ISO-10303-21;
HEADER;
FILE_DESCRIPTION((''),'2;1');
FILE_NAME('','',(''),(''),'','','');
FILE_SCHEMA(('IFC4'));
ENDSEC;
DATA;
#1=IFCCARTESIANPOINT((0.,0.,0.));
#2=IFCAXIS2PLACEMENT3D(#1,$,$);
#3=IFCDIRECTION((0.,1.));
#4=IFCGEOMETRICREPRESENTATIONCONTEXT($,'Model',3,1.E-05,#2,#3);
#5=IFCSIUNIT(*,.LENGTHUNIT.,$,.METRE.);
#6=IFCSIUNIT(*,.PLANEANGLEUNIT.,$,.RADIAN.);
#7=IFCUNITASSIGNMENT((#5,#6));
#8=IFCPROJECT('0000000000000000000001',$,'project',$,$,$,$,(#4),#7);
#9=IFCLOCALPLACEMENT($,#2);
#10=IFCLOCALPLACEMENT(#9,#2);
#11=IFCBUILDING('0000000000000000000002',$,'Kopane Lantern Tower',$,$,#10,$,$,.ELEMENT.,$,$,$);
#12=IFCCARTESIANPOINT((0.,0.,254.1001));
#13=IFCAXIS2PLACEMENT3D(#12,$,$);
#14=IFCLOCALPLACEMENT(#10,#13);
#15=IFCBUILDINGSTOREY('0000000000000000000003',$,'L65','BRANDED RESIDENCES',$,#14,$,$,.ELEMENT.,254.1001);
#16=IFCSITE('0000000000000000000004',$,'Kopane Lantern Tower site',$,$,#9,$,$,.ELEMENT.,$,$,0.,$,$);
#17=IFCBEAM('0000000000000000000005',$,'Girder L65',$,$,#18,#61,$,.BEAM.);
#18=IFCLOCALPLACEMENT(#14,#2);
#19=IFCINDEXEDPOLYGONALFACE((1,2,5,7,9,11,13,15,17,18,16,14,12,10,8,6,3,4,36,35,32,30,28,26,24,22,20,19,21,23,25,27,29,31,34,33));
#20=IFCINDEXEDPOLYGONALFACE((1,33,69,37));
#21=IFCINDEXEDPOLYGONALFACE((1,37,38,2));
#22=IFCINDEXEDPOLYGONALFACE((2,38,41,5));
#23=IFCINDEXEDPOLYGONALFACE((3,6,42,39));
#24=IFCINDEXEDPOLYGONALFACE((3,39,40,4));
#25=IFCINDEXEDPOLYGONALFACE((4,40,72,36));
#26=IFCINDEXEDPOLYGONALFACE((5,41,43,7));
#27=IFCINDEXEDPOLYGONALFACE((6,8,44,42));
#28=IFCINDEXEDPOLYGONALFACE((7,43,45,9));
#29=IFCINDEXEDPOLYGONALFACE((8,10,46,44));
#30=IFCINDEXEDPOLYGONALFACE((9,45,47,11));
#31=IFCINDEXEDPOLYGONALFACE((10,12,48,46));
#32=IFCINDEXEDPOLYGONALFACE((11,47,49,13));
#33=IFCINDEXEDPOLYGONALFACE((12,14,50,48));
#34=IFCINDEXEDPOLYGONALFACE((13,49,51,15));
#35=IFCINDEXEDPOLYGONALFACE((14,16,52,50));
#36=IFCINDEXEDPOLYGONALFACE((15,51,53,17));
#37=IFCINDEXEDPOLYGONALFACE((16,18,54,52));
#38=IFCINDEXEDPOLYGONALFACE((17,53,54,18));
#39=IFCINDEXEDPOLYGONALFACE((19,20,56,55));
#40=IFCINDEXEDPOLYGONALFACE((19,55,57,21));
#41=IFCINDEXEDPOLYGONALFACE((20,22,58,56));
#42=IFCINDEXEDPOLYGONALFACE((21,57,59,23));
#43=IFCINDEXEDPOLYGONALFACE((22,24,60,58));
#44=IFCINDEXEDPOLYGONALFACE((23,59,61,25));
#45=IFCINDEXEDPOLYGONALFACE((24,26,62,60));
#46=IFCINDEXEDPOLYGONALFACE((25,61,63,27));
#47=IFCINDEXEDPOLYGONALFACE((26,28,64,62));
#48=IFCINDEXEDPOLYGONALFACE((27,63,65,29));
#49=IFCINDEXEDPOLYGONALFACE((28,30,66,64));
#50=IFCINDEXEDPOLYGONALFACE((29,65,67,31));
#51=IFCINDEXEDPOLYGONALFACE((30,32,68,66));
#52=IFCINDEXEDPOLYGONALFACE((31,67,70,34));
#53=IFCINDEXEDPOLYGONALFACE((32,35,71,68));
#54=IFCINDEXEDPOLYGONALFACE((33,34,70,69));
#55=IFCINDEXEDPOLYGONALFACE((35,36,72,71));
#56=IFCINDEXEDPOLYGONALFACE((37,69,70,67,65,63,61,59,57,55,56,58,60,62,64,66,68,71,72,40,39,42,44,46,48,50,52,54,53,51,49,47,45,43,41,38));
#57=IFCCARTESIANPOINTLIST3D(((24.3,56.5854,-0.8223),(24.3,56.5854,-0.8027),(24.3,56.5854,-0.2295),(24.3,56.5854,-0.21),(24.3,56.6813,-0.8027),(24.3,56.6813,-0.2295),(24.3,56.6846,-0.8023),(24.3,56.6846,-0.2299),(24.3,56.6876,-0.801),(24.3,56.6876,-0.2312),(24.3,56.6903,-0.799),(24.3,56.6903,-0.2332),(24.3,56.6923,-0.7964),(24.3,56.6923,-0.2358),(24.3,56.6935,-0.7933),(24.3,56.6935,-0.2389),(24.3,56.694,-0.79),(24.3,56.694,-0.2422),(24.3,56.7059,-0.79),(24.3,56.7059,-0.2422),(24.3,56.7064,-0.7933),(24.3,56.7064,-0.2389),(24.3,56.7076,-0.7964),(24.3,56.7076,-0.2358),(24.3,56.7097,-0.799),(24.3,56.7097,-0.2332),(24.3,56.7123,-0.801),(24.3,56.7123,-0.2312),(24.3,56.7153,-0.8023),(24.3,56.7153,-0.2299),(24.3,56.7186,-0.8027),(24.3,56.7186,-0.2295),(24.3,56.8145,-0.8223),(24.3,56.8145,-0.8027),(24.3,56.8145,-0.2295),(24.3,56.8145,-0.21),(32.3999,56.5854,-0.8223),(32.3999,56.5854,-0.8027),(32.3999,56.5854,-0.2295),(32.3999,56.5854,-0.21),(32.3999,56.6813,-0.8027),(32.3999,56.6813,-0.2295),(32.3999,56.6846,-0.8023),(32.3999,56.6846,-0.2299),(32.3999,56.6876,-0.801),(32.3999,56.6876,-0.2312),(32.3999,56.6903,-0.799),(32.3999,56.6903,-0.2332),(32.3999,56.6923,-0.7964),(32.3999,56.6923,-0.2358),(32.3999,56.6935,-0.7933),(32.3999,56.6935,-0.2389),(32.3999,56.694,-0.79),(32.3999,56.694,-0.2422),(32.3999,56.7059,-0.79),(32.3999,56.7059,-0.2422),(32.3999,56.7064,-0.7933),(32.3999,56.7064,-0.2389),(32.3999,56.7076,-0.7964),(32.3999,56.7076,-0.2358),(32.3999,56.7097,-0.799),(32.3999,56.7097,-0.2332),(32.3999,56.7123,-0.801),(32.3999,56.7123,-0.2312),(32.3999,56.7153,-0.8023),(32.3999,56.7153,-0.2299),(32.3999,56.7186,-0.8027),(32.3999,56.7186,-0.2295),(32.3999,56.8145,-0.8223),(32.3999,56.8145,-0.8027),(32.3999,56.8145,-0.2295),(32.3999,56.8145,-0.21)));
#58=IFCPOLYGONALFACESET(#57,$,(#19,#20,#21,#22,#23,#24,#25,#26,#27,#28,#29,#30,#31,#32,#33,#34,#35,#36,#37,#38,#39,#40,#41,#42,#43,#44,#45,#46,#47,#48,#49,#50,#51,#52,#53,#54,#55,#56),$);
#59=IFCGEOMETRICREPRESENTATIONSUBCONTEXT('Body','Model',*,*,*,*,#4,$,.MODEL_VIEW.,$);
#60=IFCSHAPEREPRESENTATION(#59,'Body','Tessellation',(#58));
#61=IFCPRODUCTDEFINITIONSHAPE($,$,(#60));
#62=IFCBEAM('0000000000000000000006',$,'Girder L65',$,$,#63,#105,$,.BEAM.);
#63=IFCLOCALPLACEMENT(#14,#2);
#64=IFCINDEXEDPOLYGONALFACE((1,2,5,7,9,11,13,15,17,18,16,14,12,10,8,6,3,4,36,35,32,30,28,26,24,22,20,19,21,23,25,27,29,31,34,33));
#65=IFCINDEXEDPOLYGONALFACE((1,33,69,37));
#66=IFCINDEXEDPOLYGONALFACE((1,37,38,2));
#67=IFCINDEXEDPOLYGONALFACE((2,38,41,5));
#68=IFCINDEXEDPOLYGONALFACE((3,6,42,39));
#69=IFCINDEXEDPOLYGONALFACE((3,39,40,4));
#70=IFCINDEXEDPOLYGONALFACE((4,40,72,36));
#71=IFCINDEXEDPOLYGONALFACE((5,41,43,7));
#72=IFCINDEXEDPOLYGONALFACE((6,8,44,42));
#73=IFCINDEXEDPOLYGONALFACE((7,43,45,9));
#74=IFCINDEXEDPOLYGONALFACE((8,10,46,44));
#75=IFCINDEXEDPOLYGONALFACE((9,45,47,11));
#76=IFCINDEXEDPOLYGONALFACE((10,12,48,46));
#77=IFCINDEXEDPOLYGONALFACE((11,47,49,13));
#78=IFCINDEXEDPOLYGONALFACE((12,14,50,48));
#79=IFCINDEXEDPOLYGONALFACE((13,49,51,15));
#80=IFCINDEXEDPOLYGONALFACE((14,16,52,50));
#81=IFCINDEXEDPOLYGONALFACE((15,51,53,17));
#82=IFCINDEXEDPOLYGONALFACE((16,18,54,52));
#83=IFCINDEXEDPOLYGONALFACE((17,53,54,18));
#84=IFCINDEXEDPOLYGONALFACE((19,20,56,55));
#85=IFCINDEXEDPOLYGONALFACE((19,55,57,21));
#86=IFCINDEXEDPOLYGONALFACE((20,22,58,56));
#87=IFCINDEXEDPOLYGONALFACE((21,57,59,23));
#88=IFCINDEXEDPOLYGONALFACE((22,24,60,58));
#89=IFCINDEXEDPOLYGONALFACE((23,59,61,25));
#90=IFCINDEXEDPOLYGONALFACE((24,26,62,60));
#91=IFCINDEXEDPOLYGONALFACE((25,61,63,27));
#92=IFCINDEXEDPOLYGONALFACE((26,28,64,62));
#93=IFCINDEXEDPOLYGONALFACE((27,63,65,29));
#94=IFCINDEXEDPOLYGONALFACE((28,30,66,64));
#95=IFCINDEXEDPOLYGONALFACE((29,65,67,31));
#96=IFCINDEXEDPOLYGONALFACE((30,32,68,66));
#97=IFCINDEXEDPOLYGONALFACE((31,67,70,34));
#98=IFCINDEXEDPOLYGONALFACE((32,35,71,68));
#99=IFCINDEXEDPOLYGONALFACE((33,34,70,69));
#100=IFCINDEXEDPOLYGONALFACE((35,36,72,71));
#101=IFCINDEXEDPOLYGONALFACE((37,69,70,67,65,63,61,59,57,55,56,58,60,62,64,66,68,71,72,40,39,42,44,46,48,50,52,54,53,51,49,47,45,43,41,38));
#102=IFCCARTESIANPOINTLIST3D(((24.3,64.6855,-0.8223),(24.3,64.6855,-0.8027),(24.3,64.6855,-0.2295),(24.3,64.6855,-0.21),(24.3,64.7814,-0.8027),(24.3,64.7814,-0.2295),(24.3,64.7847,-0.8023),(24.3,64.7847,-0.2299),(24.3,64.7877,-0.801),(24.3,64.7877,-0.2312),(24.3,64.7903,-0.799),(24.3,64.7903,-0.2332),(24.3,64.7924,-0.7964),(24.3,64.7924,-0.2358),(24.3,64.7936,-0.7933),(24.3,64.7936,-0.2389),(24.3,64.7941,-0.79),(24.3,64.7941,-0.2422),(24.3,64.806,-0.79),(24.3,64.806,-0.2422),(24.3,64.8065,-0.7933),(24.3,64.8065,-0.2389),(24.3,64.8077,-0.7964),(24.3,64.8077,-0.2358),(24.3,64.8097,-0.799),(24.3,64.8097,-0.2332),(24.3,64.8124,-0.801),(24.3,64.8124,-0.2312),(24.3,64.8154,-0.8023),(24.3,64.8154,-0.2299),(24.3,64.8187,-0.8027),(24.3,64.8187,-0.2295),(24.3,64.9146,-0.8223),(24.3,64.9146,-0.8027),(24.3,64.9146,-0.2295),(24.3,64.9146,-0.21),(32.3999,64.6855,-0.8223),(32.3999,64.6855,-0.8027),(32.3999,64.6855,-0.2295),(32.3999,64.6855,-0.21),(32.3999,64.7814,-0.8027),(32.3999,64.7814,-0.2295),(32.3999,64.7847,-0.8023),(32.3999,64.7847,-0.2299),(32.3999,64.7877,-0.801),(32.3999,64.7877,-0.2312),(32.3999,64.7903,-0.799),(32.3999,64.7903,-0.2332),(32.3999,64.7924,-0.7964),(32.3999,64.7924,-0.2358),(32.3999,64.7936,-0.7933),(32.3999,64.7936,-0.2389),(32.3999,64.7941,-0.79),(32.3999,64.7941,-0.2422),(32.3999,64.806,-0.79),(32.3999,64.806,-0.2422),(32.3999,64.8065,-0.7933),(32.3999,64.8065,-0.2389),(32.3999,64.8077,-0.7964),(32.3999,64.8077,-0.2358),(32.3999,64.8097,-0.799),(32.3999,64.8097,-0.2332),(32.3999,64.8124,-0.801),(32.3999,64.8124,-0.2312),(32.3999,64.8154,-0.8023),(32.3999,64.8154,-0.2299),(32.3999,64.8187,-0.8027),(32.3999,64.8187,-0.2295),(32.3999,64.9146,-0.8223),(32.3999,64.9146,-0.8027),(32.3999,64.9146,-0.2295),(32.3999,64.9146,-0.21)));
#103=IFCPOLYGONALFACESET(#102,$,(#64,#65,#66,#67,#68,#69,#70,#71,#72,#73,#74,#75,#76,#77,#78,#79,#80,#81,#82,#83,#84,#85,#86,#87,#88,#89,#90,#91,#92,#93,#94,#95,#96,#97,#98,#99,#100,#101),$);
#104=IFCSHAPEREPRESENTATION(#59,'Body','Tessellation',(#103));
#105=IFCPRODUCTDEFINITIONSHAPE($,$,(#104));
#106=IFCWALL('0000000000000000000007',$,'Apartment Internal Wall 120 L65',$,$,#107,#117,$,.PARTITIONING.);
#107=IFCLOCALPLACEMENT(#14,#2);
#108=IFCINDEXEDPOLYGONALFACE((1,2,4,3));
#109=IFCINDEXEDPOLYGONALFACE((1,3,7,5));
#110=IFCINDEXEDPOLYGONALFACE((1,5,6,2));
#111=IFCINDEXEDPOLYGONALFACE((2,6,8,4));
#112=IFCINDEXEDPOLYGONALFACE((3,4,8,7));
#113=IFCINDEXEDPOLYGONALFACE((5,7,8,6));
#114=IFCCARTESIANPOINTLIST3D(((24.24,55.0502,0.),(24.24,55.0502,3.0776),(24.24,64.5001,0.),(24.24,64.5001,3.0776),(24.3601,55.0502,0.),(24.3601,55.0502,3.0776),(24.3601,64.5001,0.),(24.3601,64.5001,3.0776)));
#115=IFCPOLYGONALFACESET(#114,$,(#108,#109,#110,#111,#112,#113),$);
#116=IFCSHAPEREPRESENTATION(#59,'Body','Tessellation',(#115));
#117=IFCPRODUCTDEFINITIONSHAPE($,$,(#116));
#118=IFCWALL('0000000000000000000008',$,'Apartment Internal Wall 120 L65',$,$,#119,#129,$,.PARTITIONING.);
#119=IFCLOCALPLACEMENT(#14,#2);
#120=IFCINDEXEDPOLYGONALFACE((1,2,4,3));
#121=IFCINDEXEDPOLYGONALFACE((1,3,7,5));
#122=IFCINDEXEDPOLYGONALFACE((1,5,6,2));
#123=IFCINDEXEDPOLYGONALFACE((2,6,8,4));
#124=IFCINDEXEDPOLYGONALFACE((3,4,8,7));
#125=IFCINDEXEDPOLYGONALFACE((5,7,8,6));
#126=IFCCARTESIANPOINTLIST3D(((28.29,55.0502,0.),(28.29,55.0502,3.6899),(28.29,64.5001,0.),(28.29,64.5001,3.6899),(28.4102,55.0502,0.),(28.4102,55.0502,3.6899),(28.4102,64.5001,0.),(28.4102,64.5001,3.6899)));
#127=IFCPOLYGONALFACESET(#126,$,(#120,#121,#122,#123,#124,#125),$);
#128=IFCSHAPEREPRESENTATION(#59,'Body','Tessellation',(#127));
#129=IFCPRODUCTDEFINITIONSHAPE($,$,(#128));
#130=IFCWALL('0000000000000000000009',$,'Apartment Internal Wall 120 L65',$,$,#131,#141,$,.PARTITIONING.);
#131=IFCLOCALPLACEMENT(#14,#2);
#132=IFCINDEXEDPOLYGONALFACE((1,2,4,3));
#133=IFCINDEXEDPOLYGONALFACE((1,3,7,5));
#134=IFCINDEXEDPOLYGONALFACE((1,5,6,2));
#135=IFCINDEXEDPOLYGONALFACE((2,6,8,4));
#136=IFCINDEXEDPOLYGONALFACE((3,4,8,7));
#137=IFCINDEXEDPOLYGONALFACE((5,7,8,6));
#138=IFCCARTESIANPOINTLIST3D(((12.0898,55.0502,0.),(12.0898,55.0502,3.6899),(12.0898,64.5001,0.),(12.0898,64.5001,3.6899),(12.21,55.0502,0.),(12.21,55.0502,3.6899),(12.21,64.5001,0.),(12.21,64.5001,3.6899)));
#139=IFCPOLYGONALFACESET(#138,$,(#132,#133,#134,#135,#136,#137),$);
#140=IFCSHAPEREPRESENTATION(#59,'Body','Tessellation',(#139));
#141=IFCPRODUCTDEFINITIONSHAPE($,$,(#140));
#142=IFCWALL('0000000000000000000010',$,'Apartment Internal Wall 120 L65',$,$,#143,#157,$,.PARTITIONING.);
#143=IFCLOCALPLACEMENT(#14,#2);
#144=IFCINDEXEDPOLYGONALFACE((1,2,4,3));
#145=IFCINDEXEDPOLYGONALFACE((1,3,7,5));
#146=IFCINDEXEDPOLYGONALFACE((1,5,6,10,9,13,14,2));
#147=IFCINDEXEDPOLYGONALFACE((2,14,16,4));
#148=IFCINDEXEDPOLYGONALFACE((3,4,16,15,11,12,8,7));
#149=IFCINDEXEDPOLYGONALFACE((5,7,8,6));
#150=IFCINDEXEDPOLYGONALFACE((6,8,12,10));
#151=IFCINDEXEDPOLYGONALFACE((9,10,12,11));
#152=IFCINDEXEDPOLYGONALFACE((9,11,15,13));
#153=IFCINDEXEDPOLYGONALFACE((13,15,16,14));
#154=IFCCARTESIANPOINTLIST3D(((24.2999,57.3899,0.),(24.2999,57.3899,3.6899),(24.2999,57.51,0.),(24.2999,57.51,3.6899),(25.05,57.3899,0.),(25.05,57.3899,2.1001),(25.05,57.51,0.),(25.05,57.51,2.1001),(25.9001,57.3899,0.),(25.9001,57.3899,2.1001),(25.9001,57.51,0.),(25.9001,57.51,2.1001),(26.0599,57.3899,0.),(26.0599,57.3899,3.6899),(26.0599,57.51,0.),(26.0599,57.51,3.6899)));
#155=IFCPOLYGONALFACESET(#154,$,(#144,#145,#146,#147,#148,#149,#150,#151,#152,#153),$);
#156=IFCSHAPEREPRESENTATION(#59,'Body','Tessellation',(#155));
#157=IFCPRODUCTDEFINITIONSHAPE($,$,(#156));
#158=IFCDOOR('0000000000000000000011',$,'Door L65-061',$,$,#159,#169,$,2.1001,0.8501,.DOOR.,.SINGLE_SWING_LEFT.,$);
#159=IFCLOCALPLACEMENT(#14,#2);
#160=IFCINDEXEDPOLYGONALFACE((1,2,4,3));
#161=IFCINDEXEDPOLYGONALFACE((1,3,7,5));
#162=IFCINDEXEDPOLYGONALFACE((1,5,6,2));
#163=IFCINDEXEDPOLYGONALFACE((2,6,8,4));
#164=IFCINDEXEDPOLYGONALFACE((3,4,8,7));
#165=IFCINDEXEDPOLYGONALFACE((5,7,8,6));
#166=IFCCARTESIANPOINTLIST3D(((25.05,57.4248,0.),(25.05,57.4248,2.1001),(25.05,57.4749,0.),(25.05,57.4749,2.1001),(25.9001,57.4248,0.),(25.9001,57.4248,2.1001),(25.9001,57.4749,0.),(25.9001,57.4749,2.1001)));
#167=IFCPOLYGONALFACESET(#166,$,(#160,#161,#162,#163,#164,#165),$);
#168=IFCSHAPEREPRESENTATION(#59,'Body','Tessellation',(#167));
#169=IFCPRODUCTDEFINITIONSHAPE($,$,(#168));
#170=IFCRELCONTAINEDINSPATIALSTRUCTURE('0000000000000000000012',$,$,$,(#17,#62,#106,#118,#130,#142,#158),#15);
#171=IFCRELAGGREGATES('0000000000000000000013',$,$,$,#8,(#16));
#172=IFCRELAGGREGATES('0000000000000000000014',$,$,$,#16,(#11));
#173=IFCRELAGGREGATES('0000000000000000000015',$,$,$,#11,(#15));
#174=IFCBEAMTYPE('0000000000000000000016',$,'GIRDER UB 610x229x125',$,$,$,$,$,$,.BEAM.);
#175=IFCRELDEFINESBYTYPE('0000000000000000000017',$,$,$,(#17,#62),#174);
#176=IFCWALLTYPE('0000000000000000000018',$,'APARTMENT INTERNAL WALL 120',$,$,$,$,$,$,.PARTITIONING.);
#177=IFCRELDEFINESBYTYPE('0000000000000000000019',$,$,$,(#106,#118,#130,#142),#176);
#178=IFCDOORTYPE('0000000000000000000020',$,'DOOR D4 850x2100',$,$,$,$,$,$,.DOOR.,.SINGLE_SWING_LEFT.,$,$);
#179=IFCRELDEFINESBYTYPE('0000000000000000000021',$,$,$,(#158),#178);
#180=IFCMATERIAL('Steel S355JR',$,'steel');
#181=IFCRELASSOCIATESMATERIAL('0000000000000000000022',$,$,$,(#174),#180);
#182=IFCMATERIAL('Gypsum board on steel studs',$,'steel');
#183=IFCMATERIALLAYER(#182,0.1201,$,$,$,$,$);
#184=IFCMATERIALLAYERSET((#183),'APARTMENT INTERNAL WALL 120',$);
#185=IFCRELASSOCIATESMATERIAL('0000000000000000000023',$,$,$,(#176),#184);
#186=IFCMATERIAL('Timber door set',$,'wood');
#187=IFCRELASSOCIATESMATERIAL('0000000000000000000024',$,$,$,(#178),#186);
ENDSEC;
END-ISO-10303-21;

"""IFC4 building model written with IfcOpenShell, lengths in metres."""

from ifc_helpers import new_model, si_unit, direction, frame, frame_2d, origin, origin_2d, place, context, subcontext, project, spatial, rectangle, i_section, extrude, material, layer, layer_set, material_profile, profile_set, type_object, element, fill, save


model = new_model("IFC4")

# Units and contexts
model_context = context("Model", 3, precision=1e-05, world=origin(), true_north=direction((0.0, 1.0)))
body_context = subcontext(model_context, "Body", "Model", "MODEL_VIEW")
ifc_project = project(units=[si_unit("LENGTHUNIT", "METRE"), si_unit("PLANEANGLEUNIT", "RADIAN")], contexts=[model_context])

# Site, building, storey
site_placement = place(None, origin())
site = spatial("IfcSite", under=ifc_project, at=site_placement, Name="Kopane Lantern Tower site", CompositionType="ELEMENT", RefElevation=0.0)
building_placement = place(site_placement, origin())
building = spatial("IfcBuilding", under=site, at=building_placement, Name="Kopane Lantern Tower", CompositionType="ELEMENT")
storey_placement = place(building_placement, frame((0.0, 0.0, 254.1001)))
storey = spatial("IfcBuildingStorey", under=building, at=storey_placement, Name="L65", Description="BRANDED RESIDENCES", CompositionType="ELEMENT", Elevation=254.1001)

# Beams
ifc_material_1 = material(Name="Steel S355JR", Category="steel")
ifc_material_profile_1 = material_profile(ifc_material_1, i_section(OverallWidth=0.229, OverallDepth=0.6123, WebThickness=0.012, FlangeThickness=0.0195, FilletRadius=0.0127, at=origin_2d()), Name="UB 610x229x125")
ifc_profile_set_1 = profile_set([ifc_material_profile_1], Name="Steel S355JR")
beam_type = type_object("IfcBeamType", Name="GIRDER UB 610x229x125", PredefinedType="BEAM", material=ifc_profile_set_1)
for number, where, z_axis, x_axis, name in (
    (1, (24.3, 56.7, -0.5161), (1.0, 0.0, 0.0), (0.0, 1.0, 0.0), "Girder L65"),
    (2, (24.3, 64.8, -0.5161), (1.0, 0.0, 0.0), (0.0, 1.0, 0.0), "Girder L65"),
):
    element("IfcBeam", number, at=place(storey_placement, frame(where, z_axis=z_axis, x_axis=x_axis)), inside=storey, type_object=beam_type, Name=name, PredefinedType="BEAM", context=body_context, shape_type="SweptSolid", body=[
        extrude(i_section(OverallWidth=0.229, OverallDepth=0.6123, WebThickness=0.012, FlangeThickness=0.0195, FilletRadius=0.0127, at=origin_2d()), origin(), (0.0, 0.0, 1.0), 8.0999),
    ])

# Walls
ifc_material_2 = material(Name="Gypsum board on steel studs", Category="steel")
ifc_layer_1 = layer(ifc_material_2, 0.1201)
ifc_layer_set_1 = layer_set([ifc_layer_1], Name="APARTMENT INTERNAL WALL 120")
wall_type_1 = type_object("IfcWallType", Name="APARTMENT INTERNAL WALL 120", PredefinedType="PARTITIONING", material=ifc_layer_set_1)
wall_1_placement = place(storey_placement, frame((24.3, 55.05, 0.0), z_axis=(0.0, 0.0, 1.0), x_axis=(0.0, 1.0, 0.0)))
element("IfcWall", 3, at=wall_1_placement, inside=storey, type_object=wall_type_1, Name="Apartment Internal Wall 120 L65", PredefinedType="PARTITIONING", context=body_context, shape_type="SweptSolid", body=[
    extrude(rectangle(XDim=9.45, YDim=0.1201, at=frame_2d((4.7251, 0.0))), origin(), (0.0, 0.0, 1.0), 3.0776),
])
for number, where, z_axis, x_axis, name in (
    (4, (28.3501, 55.05, 0.0), (0.0, 0.0, 1.0), (0.0, 1.0, 0.0), "Apartment Internal Wall 120 L65"),
    (5, (12.1499, 55.05, 0.0), (0.0, 0.0, 1.0), (0.0, 1.0, 0.0), "Apartment Internal Wall 120 L65"),
):
    element("IfcWall", number, at=place(storey_placement, frame(where, z_axis=z_axis, x_axis=x_axis)), inside=storey, type_object=wall_type_1, Name=name, PredefinedType="PARTITIONING", context=body_context, shape_type="SweptSolid", body=[
        extrude(rectangle(XDim=9.45, YDim=0.1201, at=frame_2d((4.7251, 0.0))), origin(), (0.0, 0.0, 1.0), 3.6899),
    ])

# Wall, opening, door
wall_2_placement = place(storey_placement, frame((24.3, 57.45, 0.0), z_axis=(0.0, 0.0, 1.0), x_axis=(1.0, 0.0, 0.0)))
wall_2 = element("IfcWall", 6, at=wall_2_placement, inside=storey, type_object=wall_type_1, Name="Apartment Internal Wall 120 L65", PredefinedType="PARTITIONING", context=body_context, shape_type="SweptSolid", body=[
    extrude(rectangle(XDim=1.76, YDim=0.1201, at=frame_2d((0.8799, 0.0))), origin(), (0.0, 0.0, 1.0), 3.6899),
])
opening_1_placement = place(wall_2_placement, frame((0.75, 0.0, 0.0)))
opening_1 = element("IfcOpeningElement", 7, at=opening_1_placement, cuts=wall_2, PredefinedType="OPENING", context=body_context, shape_type="SweptSolid", body=[
    extrude(rectangle(XDim=0.8501, YDim=2.1001, at=frame_2d((0.425, 1.05))), frame((0.0, 0.0701, 0.0), z_axis=(0.0, -1.0, 0.0), x_axis=(1.0, 0.0, 0.0)), (0.0, 0.0, 1.0), 0.1401),
])
ifc_material_3 = material(Name="Timber door set", Category="wood")
door_type_1 = type_object("IfcDoorType", Name="DOOR D4 850x2100", OperationType="SINGLE_SWING_LEFT", PredefinedType="DOOR", material=ifc_material_3)
door_1_placement = place(opening_1_placement, origin())
door_1 = element("IfcDoor", 8, at=door_1_placement, inside=storey, type_object=door_type_1, Name="Door L65-061", OperationType="SINGLE_SWING_LEFT", OverallHeight=2.1001, OverallWidth=0.8501, PredefinedType="DOOR", context=body_context, shape_type="SweptSolid", body=[
    extrude(rectangle(XDim=0.8501, YDim=2.1001, at=frame_2d((0.425, 1.05))), frame((0.0, 0.0249, 0.0), z_axis=(0.0, -1.0, 0.0), x_axis=(1.0, 0.0, 0.0)), (0.0, 0.0, 1.0), 0.05),
])
fill(opening_1, door_1)

save(model, "model.ifc")
